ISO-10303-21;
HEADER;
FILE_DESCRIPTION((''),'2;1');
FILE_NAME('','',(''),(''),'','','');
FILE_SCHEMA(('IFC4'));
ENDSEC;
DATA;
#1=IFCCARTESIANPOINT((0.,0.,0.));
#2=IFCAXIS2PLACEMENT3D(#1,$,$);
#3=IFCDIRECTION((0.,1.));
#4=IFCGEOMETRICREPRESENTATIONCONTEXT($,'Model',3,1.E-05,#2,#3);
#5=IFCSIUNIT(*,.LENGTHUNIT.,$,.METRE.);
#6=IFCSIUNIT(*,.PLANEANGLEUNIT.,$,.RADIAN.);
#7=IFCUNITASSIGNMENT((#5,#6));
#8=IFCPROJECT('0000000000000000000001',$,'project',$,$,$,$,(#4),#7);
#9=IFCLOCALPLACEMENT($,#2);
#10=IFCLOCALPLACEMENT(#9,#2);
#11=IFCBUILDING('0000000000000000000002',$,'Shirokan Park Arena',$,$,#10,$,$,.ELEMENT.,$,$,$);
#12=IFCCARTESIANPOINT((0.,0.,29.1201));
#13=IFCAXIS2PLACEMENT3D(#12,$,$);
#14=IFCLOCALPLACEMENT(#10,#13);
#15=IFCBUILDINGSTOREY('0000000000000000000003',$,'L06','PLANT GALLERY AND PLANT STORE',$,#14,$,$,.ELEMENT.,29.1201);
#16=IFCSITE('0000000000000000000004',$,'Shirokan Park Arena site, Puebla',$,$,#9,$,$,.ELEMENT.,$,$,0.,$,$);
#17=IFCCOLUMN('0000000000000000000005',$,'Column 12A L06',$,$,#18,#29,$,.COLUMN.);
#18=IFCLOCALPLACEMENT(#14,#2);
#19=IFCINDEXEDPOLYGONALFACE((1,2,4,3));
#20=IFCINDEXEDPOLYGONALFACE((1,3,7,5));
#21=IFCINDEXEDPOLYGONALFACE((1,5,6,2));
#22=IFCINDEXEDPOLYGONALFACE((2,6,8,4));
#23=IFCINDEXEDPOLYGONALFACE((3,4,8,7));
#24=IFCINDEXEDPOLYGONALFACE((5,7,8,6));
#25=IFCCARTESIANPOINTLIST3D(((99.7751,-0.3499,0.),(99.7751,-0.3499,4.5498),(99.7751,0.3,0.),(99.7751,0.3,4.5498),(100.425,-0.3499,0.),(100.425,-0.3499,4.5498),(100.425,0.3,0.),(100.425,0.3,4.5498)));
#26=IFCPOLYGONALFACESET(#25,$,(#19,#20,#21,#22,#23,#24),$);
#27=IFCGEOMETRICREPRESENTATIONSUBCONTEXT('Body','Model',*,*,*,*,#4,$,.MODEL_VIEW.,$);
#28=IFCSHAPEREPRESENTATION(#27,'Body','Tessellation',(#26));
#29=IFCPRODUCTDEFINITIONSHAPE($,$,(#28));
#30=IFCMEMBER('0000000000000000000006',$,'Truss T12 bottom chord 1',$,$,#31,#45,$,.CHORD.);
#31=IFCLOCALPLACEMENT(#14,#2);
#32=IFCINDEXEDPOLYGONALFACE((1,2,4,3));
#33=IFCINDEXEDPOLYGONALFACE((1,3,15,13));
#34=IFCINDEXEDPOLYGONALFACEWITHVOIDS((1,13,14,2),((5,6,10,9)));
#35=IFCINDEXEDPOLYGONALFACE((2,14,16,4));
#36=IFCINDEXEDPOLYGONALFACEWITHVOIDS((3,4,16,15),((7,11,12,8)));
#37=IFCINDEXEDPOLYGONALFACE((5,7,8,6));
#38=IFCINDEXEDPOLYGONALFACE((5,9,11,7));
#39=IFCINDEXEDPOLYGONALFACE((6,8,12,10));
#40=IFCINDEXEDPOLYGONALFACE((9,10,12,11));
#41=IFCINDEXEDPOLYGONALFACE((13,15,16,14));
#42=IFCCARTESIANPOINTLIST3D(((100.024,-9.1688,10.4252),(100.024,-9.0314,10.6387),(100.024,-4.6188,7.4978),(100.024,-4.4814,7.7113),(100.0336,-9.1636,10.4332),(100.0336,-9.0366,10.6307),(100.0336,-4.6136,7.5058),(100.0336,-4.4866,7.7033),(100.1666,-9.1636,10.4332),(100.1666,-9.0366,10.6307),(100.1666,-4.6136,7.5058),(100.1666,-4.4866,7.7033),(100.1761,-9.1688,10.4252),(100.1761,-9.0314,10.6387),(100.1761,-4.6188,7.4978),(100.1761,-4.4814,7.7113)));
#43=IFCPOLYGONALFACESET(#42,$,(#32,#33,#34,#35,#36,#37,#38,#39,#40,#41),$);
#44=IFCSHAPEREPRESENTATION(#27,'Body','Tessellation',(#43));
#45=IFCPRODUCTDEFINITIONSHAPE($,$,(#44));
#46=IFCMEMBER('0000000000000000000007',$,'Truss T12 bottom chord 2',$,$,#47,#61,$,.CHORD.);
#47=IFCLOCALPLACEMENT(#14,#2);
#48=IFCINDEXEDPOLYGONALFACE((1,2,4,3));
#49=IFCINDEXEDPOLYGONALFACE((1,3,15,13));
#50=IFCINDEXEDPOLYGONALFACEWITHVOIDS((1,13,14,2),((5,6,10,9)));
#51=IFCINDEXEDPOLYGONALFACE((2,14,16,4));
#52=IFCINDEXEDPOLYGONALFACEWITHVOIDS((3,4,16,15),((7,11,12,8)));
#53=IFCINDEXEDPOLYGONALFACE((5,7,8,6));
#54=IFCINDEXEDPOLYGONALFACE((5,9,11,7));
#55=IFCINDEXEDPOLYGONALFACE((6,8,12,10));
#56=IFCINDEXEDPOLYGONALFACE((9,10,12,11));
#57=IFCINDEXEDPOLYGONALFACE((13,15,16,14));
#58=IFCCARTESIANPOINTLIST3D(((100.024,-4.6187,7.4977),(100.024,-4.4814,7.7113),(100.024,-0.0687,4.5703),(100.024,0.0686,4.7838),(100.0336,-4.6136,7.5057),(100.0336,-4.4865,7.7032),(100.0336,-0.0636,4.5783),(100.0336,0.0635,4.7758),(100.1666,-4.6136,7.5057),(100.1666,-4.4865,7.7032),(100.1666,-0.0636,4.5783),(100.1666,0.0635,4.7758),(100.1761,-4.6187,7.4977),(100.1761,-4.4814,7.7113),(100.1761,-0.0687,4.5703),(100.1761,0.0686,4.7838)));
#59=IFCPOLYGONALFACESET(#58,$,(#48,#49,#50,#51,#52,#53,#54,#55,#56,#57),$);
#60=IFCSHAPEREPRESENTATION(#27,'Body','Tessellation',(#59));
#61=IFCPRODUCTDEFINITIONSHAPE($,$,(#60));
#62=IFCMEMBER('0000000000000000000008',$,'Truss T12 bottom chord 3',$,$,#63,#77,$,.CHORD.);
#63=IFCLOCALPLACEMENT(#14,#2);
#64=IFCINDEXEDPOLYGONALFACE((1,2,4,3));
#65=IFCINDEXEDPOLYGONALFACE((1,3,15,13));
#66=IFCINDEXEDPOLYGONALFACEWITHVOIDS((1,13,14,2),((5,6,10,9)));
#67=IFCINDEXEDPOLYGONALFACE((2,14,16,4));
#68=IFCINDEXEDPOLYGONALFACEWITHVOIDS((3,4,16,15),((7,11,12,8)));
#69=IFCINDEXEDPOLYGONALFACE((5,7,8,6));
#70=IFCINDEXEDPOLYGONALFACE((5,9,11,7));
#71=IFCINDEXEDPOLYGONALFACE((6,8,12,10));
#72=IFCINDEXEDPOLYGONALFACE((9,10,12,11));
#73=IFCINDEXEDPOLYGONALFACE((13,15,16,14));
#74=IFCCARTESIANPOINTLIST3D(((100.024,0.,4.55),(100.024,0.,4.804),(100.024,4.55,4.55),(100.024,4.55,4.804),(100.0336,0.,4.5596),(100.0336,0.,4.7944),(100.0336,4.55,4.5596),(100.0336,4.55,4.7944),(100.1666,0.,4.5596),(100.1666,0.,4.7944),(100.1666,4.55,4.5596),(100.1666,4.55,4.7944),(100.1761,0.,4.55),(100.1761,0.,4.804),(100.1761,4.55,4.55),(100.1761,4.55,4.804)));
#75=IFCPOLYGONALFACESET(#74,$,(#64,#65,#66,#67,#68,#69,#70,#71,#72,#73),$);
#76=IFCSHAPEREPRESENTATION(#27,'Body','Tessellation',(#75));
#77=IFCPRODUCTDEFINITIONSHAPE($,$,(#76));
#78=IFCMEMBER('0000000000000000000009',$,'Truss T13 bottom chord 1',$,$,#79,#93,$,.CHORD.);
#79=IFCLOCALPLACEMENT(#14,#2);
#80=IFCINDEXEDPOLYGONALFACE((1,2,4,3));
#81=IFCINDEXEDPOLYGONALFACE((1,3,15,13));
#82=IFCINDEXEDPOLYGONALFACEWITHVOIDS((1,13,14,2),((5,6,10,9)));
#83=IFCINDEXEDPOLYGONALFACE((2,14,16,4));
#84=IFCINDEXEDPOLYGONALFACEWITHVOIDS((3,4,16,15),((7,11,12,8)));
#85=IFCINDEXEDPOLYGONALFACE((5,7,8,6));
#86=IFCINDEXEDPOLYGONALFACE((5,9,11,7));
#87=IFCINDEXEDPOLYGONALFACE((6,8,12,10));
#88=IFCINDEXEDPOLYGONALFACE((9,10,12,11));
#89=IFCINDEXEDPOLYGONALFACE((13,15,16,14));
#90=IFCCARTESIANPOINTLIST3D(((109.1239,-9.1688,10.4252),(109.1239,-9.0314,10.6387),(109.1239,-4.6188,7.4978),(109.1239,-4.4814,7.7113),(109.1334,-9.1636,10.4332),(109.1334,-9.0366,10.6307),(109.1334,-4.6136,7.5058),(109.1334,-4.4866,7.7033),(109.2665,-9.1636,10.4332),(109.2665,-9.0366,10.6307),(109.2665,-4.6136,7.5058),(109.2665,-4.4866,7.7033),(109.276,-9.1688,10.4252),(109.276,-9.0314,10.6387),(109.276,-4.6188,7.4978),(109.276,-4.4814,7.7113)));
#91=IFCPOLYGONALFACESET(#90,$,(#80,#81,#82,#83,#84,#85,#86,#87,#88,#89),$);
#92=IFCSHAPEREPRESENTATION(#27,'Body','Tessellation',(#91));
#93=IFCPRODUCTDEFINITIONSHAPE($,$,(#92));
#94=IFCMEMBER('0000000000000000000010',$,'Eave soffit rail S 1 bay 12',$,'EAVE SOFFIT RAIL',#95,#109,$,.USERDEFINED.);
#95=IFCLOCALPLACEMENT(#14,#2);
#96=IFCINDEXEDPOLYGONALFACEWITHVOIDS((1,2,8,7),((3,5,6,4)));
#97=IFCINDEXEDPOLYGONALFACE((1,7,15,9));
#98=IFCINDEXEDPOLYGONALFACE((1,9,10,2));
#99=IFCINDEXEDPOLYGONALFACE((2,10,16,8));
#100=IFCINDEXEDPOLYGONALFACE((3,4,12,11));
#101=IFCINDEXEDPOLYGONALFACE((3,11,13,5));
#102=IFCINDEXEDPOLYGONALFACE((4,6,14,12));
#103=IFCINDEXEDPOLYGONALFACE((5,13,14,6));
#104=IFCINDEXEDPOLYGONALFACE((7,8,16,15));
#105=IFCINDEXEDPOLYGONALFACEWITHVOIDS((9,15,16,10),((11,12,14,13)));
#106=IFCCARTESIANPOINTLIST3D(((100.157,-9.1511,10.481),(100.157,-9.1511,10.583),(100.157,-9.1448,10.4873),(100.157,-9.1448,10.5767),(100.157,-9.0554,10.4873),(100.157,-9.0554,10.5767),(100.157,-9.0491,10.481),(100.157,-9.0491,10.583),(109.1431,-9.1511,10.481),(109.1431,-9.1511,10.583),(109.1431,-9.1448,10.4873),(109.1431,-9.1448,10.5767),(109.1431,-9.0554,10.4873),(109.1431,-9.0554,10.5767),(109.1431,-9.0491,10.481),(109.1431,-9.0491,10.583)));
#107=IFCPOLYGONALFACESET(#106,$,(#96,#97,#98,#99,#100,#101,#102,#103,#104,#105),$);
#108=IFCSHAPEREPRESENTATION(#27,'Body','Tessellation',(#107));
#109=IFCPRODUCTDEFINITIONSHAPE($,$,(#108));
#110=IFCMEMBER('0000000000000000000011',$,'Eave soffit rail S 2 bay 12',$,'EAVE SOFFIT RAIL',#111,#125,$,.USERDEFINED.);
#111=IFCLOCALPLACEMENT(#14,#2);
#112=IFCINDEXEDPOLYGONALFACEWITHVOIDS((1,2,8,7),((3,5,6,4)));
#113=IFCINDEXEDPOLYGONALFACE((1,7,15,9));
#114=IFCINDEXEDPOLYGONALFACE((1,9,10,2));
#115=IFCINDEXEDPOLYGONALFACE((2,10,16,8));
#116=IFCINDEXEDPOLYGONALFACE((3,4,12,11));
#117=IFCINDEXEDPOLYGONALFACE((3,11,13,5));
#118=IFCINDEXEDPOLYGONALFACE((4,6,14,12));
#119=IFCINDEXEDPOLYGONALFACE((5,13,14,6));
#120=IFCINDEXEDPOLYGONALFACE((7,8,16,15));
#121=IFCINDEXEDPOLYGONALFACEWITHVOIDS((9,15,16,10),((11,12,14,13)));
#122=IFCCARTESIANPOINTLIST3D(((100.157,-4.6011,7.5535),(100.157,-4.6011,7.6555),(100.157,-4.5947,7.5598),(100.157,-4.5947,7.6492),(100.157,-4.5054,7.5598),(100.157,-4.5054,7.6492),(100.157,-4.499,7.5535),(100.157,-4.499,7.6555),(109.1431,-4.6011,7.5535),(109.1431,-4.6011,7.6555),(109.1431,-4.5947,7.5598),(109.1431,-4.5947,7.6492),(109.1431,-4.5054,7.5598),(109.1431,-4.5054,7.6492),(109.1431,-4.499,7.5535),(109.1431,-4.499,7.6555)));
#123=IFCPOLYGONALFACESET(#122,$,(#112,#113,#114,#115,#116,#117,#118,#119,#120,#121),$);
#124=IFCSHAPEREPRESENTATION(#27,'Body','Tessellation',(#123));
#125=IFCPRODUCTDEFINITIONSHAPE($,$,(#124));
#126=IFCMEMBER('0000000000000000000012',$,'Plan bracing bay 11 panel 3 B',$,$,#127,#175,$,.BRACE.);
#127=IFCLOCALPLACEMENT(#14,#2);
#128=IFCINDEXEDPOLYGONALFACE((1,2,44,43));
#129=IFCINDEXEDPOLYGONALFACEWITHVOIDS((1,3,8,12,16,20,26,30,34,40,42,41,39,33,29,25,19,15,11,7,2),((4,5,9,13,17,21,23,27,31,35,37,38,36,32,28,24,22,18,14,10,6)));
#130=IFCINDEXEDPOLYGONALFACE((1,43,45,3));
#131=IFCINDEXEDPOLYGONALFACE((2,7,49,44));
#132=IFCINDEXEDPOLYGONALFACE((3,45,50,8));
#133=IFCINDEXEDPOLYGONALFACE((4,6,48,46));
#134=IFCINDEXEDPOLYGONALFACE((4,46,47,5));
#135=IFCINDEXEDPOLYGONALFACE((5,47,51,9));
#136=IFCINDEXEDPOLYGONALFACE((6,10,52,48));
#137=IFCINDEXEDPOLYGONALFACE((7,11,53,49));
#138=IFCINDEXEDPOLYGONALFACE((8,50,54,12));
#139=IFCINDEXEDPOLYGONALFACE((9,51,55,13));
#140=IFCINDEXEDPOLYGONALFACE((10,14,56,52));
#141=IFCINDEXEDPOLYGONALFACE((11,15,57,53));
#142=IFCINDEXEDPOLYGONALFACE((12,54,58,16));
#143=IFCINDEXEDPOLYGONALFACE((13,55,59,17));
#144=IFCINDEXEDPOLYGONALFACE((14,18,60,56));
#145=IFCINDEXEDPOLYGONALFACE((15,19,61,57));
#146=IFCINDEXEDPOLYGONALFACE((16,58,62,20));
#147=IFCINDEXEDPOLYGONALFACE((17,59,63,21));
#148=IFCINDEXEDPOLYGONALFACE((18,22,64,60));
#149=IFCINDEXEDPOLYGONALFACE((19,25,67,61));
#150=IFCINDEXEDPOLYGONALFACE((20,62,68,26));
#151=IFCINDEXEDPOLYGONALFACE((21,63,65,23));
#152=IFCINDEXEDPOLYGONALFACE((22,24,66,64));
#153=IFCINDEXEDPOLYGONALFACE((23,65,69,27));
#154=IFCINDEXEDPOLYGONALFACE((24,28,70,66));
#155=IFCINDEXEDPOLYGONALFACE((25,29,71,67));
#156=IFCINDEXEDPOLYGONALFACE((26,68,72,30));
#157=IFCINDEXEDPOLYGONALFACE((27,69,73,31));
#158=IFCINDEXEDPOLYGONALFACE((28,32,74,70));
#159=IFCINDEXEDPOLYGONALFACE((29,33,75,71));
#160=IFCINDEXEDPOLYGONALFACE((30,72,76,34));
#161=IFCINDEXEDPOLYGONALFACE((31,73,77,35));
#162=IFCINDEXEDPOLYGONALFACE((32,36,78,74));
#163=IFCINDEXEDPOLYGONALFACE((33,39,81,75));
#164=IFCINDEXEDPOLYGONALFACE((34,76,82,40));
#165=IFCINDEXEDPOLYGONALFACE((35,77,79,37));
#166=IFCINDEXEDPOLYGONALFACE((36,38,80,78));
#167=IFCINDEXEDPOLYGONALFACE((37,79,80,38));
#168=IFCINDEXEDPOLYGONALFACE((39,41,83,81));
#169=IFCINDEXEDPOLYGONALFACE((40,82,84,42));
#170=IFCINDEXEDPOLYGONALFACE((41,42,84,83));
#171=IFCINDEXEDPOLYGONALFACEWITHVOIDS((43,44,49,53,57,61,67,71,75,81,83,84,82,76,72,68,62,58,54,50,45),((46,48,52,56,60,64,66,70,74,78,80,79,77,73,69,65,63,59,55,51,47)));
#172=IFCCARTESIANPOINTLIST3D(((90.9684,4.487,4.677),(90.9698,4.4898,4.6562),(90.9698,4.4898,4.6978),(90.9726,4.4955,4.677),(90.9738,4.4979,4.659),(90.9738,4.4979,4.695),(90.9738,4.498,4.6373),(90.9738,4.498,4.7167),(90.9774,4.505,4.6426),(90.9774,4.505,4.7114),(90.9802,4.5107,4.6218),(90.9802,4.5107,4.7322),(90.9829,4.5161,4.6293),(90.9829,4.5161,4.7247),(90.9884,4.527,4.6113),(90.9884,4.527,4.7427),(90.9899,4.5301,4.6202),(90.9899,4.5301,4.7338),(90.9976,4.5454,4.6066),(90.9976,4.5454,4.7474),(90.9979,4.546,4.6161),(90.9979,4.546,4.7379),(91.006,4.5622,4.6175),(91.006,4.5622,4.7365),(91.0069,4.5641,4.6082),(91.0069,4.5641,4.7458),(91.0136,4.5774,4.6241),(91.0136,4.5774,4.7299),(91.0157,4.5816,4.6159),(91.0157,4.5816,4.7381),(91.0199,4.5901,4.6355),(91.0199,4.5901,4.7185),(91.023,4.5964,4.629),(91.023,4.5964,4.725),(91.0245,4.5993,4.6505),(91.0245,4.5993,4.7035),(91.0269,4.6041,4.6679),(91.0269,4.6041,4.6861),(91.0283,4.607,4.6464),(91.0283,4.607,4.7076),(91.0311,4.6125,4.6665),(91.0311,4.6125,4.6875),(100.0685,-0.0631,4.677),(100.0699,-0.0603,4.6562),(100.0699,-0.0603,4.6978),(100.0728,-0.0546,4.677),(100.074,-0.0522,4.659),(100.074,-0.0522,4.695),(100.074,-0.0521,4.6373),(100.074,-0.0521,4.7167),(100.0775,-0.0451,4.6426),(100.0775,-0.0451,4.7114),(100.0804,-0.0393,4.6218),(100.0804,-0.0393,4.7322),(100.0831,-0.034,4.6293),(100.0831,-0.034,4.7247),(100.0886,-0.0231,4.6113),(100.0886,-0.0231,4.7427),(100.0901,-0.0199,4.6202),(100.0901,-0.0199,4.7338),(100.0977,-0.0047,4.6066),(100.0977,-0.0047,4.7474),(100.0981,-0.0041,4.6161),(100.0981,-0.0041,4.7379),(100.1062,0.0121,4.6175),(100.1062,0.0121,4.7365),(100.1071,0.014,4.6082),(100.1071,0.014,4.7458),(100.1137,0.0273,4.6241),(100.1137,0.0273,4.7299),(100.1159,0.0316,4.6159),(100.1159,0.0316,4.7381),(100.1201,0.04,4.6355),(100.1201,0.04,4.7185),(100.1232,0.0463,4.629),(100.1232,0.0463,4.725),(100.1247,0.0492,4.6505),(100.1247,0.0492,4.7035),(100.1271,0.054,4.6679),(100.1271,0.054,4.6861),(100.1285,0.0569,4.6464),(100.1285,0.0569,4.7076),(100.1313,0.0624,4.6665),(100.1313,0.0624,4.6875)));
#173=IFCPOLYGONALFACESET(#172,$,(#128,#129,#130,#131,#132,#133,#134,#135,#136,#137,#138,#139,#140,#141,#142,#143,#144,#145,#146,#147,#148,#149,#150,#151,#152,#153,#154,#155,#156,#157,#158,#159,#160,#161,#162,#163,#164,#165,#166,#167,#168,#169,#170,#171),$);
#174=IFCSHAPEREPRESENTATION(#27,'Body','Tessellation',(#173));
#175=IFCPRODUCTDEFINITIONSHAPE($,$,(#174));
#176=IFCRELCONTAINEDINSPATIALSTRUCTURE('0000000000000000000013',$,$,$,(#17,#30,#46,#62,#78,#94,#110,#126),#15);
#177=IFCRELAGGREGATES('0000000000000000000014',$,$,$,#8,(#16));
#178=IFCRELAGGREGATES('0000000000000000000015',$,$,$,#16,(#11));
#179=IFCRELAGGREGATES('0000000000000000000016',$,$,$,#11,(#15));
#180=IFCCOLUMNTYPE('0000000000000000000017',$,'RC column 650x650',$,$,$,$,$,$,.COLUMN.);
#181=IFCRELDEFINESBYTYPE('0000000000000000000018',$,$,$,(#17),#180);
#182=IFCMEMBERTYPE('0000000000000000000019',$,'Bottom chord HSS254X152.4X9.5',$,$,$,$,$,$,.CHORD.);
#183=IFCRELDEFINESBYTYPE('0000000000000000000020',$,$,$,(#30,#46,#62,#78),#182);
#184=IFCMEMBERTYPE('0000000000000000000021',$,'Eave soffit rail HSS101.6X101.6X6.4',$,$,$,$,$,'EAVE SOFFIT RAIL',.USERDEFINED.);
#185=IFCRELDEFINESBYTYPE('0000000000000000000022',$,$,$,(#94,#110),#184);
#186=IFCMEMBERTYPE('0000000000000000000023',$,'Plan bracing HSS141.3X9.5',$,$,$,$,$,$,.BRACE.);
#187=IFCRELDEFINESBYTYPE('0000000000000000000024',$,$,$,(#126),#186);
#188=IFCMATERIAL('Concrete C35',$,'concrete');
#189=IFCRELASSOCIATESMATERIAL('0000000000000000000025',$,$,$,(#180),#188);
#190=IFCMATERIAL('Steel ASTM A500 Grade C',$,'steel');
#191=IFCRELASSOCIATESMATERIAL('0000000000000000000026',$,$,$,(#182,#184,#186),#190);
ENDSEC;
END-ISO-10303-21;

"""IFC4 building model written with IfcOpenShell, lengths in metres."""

from ifc_helpers import new_model, si_unit, direction, frame, origin, origin_2d, place, context, subcontext, project, spatial, rectangle, hollow_rectangle, hollow_circle, extrude, material, material_profile, profile_set, type_object, element, save


model = new_model("IFC4")

# Units and contexts
model_context = context("Model", 3, precision=1e-05, world=origin(), true_north=direction((0.0, 1.0)))
body_context = subcontext(model_context, "Body", "Model", "MODEL_VIEW")
ifc_project = project(units=[si_unit("LENGTHUNIT", "METRE"), si_unit("PLANEANGLEUNIT", "RADIAN")], contexts=[model_context])

# Site, building, storey
site_placement = place(None, origin())
site = spatial("IfcSite", under=ifc_project, at=site_placement, Name="Shirokan Park Arena site, Puebla", CompositionType="ELEMENT", RefElevation=0.0)
building_placement = place(site_placement, origin())
building = spatial("IfcBuilding", under=site, at=building_placement, Name="Shirokan Park Arena", CompositionType="ELEMENT")
storey_placement = place(building_placement, frame((0.0, 0.0, 29.1201)))
storey = spatial("IfcBuildingStorey", under=building, at=storey_placement, Name="L06", Description="PLANT GALLERY AND PLANT STORE", CompositionType="ELEMENT", Elevation=29.1201)

# Column
ifc_material_1 = material(Name="Concrete C35", Category="concrete")
ifc_material_profile_1 = material_profile(ifc_material_1, rectangle(XDim=0.6499, YDim=0.6499, at=origin_2d()), Name="650x650")
ifc_profile_set_1 = profile_set([ifc_material_profile_1], Name="Concrete C35")
column_type = type_object("IfcColumnType", Name="RC column 650x650", PredefinedType="COLUMN", material=ifc_profile_set_1)
column_placement = place(storey_placement, frame((100.1001, -0.0249, 0.0), z_axis=(0.0, 0.0, 1.0), x_axis=(1.0, 0.0, 0.0)))
element("IfcColumn", 1, at=column_placement, inside=storey, type_object=column_type, Name="Column 12A L06", PredefinedType="COLUMN", context=body_context, shape_type="SweptSolid", body=[
    extrude(rectangle(XDim=0.6499, YDim=0.6499, at=origin_2d()), origin(), (0.0, 0.0, 1.0), 4.5498),
])

# Members
ifc_material_2 = material(Name="Steel ASTM A500 Grade C", Category="steel")
ifc_material_profile_2 = material_profile(ifc_material_2, hollow_rectangle(XDim=0.1521, YDim=0.2539, WallThickness=0.0095, at=origin_2d()), Name="HSS254X152.4X9.5")
ifc_profile_set_2 = profile_set([ifc_material_profile_2], Name="Steel ASTM A500 Grade C")
member_type_1 = type_object("IfcMemberType", Name="Bottom chord HSS254X152.4X9.5", PredefinedType="CHORD", material=ifc_profile_set_2)
for number, where, z_axis, x_axis, name in (
    (2, (100.1001, -9.1001, 10.532), (0.0, 0.840972, -0.541079), (-1.0, 0.0, 0.0), "Truss T12 bottom chord 1"),
    (3, (100.1001, -4.55, 7.6045), (0.0, 0.840972, -0.541079), (-1.0, 0.0, 0.0), "Truss T12 bottom chord 2"),
):
    element("IfcMember", number, at=place(storey_placement, frame(where, z_axis=z_axis, x_axis=x_axis)), inside=storey, type_object=member_type_1, Name=name, PredefinedType="CHORD", context=body_context, shape_type="SweptSolid", body=[
        extrude(hollow_rectangle(XDim=0.1521, YDim=0.2539, WallThickness=0.0095, at=origin_2d()), origin(), (0.0, 0.0, 1.0), 5.4104),
    ])
member_1_placement = place(storey_placement, frame((100.1001, 0.0, 4.677), z_axis=(0.0, 1.0, 0.0), x_axis=(-1.0, 0.0, 0.0)))
element("IfcMember", 4, at=member_1_placement, inside=storey, type_object=member_type_1, Name="Truss T12 bottom chord 3", PredefinedType="CHORD", context=body_context, shape_type="SweptSolid", body=[
    extrude(hollow_rectangle(XDim=0.1521, YDim=0.2539, WallThickness=0.0095, at=origin_2d()), origin(), (0.0, 0.0, 1.0), 4.55),
])
member_2_placement = place(storey_placement, frame((109.2, -9.1001, 10.532), z_axis=(0.0, 0.840972, -0.541079), x_axis=(-1.0, 0.0, 0.0)))
element("IfcMember", 5, at=member_2_placement, inside=storey, type_object=member_type_1, Name="Truss T13 bottom chord 1", PredefinedType="CHORD", context=body_context, shape_type="SweptSolid", body=[
    extrude(hollow_rectangle(XDim=0.1521, YDim=0.2539, WallThickness=0.0095, at=origin_2d()), origin(), (0.0, 0.0, 1.0), 5.4104),
])
ifc_material_profile_3 = material_profile(ifc_material_2, hollow_rectangle(XDim=0.1021, YDim=0.1021, WallThickness=0.0063, at=origin_2d()), Name="HSS101.6X101.6X6.4")
ifc_profile_set_3 = profile_set([ifc_material_profile_3], Name="Steel ASTM A500 Grade C")
member_type_2 = type_object("IfcMemberType", Name="Eave soffit rail HSS101.6X101.6X6.4", ElementType="EAVE SOFFIT RAIL", PredefinedType="USERDEFINED", material=ifc_profile_set_3)
for number, where, z_axis, x_axis, name in (
    (6, (100.157, -9.1001, 10.532), (1.0, 0.0, 0.0), (0.0, 1.0, 0.0), "Eave soffit rail S 1 bay 12"),
    (7, (100.157, -4.55, 7.6045), (1.0, 0.0, 0.0), (0.0, 1.0, 0.0), "Eave soffit rail S 2 bay 12"),
):
    element("IfcMember", number, at=place(storey_placement, frame(where, z_axis=z_axis, x_axis=x_axis)), inside=storey, type_object=member_type_2, Name=name, ObjectType="EAVE SOFFIT RAIL", PredefinedType="USERDEFINED", context=body_context, shape_type="SweptSolid", body=[
        extrude(hollow_rectangle(XDim=0.1021, YDim=0.1021, WallThickness=0.0063, at=origin_2d()), origin(), (0.0, 0.0, 1.0), 8.9861),
    ])
ifc_material_profile_4 = material_profile(ifc_material_2, hollow_circle(Radius=0.0706, WallThickness=0.0095, at=origin_2d()), Name="HSS141.3X9.5")
ifc_profile_set_4 = profile_set([ifc_material_profile_4], Name="Steel ASTM A500 Grade C")
member_type_3 = type_object("IfcMemberType", Name="Plan bracing HSS141.3X9.5", PredefinedType="BRACE", material=ifc_profile_set_4)
member_3_placement = place(storey_placement, frame((100.1001, 0.0, 4.677), z_axis=(-0.894427, 0.447214, 0.0), x_axis=(-0.447214, -0.894427, 0.0)))
element("IfcMember", 8, at=member_3_placement, inside=storey, type_object=member_type_3, Name="Plan bracing bay 11 panel 3 B", PredefinedType="BRACE", context=body_context, shape_type="SweptSolid", body=[
    extrude(hollow_circle(Radius=0.0706, WallThickness=0.0095, at=origin_2d()), origin(), (0.0, 0.0, 1.0), 10.1743),
])

save(model, "model.ifc")
